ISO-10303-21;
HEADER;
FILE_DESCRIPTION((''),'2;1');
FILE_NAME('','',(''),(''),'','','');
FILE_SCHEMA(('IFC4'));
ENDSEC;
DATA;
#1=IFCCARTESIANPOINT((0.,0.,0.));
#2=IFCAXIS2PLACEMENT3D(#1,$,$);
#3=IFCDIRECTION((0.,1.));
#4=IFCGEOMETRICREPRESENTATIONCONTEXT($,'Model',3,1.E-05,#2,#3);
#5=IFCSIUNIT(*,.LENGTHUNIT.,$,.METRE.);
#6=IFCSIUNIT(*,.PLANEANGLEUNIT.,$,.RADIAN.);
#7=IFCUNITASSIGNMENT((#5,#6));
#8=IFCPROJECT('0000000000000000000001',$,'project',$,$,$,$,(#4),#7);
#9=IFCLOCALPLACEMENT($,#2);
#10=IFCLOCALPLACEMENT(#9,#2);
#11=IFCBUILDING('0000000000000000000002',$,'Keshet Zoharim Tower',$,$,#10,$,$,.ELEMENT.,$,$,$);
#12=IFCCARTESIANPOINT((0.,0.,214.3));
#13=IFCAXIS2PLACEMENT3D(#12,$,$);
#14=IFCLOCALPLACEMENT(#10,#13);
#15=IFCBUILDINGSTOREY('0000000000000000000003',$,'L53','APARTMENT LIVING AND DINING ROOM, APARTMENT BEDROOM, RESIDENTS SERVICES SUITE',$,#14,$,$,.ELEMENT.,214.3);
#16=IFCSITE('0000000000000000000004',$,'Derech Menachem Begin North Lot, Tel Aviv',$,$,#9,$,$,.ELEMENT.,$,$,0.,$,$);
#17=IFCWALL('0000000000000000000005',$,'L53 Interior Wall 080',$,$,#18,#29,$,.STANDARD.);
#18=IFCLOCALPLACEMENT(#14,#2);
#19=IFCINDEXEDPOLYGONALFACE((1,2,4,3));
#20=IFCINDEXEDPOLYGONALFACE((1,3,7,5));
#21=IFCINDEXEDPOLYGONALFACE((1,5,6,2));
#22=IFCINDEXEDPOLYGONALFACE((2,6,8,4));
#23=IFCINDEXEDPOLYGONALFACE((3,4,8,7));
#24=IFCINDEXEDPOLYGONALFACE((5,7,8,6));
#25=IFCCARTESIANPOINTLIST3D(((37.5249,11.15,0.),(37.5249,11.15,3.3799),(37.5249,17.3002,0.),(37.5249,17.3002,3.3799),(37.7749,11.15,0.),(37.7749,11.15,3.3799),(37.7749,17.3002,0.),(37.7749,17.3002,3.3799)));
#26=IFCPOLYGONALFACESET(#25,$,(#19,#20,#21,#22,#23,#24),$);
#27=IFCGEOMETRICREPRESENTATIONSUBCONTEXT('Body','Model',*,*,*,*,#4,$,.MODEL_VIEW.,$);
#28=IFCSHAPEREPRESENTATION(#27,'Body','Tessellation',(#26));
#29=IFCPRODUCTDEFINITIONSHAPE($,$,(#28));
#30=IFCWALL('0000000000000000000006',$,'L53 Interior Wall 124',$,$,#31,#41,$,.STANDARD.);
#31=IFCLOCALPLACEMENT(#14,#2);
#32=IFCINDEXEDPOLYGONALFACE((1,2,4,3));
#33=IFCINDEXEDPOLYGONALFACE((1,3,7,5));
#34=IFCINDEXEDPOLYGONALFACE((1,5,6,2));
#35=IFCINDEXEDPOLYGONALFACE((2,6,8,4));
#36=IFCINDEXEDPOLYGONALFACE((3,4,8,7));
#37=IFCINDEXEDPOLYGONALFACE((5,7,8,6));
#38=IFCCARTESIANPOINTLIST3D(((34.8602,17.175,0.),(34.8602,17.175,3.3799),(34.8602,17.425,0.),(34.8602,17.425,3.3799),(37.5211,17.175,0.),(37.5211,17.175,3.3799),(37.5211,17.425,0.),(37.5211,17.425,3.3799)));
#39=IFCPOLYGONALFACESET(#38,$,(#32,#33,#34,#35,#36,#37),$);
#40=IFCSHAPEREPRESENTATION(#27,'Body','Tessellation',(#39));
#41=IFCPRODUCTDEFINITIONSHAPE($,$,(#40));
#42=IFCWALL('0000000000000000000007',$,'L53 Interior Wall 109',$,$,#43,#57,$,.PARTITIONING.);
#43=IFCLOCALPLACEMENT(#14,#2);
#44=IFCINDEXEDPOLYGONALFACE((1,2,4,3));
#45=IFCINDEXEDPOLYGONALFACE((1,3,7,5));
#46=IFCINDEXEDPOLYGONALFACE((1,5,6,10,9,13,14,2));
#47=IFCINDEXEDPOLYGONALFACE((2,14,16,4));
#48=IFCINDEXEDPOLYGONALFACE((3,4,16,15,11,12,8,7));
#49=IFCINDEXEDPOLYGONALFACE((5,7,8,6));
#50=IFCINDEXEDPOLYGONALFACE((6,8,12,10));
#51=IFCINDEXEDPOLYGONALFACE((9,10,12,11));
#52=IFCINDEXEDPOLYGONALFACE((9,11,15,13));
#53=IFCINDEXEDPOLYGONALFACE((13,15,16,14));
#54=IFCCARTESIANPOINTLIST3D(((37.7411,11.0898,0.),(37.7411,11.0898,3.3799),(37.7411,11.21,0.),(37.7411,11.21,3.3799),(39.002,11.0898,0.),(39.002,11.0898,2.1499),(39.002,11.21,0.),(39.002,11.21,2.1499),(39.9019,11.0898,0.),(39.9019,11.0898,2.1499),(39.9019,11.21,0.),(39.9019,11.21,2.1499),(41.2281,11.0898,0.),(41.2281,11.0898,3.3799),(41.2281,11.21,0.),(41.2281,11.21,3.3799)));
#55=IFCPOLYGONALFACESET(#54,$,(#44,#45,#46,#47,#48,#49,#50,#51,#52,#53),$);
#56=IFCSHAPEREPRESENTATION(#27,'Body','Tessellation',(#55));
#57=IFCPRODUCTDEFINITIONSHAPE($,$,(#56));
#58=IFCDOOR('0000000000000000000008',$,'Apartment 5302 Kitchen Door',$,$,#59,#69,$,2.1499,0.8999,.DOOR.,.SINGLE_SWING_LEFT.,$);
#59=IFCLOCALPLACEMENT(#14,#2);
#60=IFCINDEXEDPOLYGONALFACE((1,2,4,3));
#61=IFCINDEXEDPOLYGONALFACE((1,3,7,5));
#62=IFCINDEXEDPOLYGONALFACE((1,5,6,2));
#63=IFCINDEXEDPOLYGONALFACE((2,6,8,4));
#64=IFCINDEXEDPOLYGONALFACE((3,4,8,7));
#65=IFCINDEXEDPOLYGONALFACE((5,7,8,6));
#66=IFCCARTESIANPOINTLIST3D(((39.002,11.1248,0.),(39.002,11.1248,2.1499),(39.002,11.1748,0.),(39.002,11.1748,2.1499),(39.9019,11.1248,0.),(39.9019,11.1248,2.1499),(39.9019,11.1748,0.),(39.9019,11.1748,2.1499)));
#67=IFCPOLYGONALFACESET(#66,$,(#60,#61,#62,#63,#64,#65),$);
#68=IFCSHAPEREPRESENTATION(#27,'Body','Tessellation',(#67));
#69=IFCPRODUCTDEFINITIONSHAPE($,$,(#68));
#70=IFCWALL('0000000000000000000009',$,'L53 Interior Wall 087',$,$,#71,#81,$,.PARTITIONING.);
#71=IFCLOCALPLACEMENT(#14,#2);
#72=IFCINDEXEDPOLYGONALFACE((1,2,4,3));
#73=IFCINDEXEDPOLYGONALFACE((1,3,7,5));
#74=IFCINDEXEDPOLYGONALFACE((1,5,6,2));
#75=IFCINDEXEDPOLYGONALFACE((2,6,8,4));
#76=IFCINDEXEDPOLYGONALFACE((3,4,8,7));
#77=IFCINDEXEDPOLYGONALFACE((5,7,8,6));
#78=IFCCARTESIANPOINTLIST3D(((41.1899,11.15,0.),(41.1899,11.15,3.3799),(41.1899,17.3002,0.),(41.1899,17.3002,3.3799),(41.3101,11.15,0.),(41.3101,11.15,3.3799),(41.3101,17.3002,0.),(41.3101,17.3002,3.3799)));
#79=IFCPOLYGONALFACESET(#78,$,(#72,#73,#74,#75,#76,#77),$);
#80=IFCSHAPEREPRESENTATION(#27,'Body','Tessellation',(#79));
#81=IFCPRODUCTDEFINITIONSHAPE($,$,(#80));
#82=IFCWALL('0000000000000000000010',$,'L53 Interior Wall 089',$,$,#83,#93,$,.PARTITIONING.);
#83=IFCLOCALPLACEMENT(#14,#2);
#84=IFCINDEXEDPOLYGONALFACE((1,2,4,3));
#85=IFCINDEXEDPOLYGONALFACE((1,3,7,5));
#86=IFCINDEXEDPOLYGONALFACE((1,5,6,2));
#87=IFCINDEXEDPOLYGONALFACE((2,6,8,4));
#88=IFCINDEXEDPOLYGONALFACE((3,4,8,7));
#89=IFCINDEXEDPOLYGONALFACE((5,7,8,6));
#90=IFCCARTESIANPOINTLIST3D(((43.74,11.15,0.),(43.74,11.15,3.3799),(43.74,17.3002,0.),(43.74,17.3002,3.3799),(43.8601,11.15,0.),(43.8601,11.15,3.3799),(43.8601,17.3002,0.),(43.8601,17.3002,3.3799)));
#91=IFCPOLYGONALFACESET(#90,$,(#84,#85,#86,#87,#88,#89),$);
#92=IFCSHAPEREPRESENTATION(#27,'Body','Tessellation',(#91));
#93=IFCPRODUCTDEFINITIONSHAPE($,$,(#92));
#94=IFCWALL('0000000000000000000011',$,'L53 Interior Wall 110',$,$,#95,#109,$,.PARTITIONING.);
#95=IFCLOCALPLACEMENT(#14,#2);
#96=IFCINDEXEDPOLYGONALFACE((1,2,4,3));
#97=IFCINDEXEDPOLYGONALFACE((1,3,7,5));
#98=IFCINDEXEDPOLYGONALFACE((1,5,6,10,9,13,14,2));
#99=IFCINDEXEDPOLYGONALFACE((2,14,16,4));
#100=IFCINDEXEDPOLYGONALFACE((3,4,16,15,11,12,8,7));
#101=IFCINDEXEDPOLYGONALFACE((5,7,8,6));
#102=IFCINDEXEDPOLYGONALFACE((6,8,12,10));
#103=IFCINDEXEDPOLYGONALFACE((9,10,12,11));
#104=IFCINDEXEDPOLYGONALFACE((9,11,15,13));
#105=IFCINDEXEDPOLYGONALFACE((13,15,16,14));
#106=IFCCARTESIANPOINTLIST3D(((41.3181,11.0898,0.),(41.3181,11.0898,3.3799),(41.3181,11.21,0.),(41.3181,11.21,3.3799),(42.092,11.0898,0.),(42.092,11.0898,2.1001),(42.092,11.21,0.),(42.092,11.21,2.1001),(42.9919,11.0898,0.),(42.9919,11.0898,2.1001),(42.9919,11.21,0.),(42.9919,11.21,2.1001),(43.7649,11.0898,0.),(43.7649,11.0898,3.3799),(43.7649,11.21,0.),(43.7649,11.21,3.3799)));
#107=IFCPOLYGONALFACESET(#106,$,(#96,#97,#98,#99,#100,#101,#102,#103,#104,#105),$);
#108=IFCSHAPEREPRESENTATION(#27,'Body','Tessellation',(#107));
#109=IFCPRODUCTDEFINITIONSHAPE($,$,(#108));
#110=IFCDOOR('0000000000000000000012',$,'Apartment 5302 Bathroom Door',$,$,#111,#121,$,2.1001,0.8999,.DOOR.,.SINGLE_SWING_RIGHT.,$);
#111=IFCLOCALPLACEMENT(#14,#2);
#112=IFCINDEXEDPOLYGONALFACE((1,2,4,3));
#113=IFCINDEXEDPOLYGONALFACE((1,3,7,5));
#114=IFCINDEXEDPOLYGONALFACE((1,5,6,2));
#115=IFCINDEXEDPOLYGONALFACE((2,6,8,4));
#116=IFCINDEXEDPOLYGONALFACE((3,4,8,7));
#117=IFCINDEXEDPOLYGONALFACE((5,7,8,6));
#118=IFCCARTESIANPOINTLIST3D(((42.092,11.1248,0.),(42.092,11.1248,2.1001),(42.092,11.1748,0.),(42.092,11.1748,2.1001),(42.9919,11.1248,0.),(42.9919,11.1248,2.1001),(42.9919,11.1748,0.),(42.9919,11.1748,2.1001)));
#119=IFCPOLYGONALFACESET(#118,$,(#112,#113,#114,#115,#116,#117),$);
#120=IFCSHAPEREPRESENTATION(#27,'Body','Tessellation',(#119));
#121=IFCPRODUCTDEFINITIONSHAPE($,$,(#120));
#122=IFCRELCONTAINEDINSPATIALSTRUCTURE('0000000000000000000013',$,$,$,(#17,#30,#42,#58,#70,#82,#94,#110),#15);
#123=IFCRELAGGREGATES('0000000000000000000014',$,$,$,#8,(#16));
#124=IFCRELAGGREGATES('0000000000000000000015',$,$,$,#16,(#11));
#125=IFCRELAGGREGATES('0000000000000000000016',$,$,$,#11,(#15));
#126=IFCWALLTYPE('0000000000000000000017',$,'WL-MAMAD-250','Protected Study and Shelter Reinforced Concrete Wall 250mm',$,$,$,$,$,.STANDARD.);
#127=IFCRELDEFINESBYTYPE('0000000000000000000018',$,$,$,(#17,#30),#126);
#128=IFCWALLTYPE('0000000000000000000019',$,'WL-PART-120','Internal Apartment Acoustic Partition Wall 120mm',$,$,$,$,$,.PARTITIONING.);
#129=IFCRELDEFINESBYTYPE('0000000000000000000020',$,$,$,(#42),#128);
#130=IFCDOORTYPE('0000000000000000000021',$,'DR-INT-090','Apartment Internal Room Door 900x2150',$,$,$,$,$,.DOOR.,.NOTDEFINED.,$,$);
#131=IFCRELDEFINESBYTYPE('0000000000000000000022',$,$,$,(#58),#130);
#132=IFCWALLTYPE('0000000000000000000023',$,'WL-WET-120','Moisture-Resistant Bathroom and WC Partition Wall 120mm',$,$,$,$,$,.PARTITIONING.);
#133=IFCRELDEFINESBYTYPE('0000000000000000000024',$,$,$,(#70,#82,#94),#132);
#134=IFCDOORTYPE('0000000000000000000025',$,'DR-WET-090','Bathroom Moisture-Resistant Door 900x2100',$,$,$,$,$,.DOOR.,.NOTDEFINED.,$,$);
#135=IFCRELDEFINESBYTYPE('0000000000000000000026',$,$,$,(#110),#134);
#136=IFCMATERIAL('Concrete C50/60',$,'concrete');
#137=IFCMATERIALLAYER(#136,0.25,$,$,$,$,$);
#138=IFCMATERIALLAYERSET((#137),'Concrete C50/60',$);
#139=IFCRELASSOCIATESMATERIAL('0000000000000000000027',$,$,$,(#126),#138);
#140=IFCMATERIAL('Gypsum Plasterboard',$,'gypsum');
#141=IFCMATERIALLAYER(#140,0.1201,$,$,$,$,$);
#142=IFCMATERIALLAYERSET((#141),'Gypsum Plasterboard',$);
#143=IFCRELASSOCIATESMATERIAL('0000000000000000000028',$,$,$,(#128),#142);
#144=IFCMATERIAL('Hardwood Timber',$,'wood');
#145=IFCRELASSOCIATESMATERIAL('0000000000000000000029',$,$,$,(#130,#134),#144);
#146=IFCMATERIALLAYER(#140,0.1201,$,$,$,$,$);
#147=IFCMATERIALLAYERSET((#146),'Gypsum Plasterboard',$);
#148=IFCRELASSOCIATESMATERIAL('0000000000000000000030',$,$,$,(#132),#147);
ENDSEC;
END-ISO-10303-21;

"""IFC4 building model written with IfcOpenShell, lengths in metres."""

from ifc_helpers import new_model, si_unit, direction, frame, frame_2d, origin, place, context, subcontext, project, spatial, rectangle, extrude, material, layer, layer_set, type_object, element, fill, save


model = new_model("IFC4")

# Units and contexts
model_context = context("Model", 3, precision=1e-05, world=origin(), true_north=direction((0.0, 1.0)))
body_context = subcontext(model_context, "Body", "Model", "MODEL_VIEW")
ifc_project = project(units=[si_unit("LENGTHUNIT", "METRE"), si_unit("PLANEANGLEUNIT", "RADIAN")], contexts=[model_context])

# Site, building, storey
site_placement = place(None, origin())
site = spatial("IfcSite", under=ifc_project, at=site_placement, Name="Derech Menachem Begin North Lot, Tel Aviv", CompositionType="ELEMENT", RefElevation=0.0)
building_placement = place(site_placement, origin())
building = spatial("IfcBuilding", under=site, at=building_placement, Name="Keshet Zoharim Tower", CompositionType="ELEMENT")
storey_placement = place(building_placement, frame((0.0, 0.0, 214.3)))
storey = spatial("IfcBuildingStorey", under=building, at=storey_placement, Name="L53", Description="APARTMENT LIVING AND DINING ROOM, APARTMENT BEDROOM, RESIDENTS SERVICES SUITE", CompositionType="ELEMENT", Elevation=214.3)

# Shared definitions
ifc_material_1 = material(Name="Concrete C50/60", Category="concrete")

# Shared definitions
ifc_material_2 = material(Name="Gypsum Plasterboard", Category="gypsum")
ifc_material_3 = material(Name="Hardwood Timber", Category="wood")

# Wall
ifc_layer_1 = layer(ifc_material_1, 0.25)
ifc_layer_set_1 = layer_set([ifc_layer_1], Name="Concrete C50/60")
wall_type_1 = type_object("IfcWallType", Name="WL-MAMAD-250", Description="Protected Study and Shelter Reinforced Concrete Wall 250mm", PredefinedType="STANDARD", material=ifc_layer_set_1)
for number, where, z_axis, x_axis, name in (
    (1, (37.6499, 11.1499, 0.0), (0.0, 0.0, 1.0), (0.0, 1.0, 0.0), "L53 Interior Wall 080"),
):
    element("IfcWall", number, at=place(storey_placement, frame(where, z_axis=z_axis, x_axis=x_axis)), inside=storey, type_object=wall_type_1, Name=name, PredefinedType="STANDARD", context=body_context, shape_type="SweptSolid", body=[
        extrude(rectangle(XDim=6.1501, YDim=0.25, at=frame_2d((3.0752, 0.0))), origin(), (0.0, 0.0, 1.0), 3.3799),
    ])

# Wall
wall_1_placement = place(storey_placement, frame((34.8601, 17.3, 0.0), z_axis=(0.0, 0.0, 1.0), x_axis=(1.0, 0.0, 0.0)))
element("IfcWall", 2, at=wall_1_placement, inside=storey, type_object=wall_type_1, Name="L53 Interior Wall 124", PredefinedType="STANDARD", context=body_context, shape_type="SweptSolid", body=[
    extrude(rectangle(XDim=2.6609, YDim=0.25, at=frame_2d((1.3306, 0.0))), origin(), (0.0, 0.0, 1.0), 3.3799),
])

# Wall, opening, door
ifc_layer_2 = layer(ifc_material_2, 0.1201)
ifc_layer_set_2 = layer_set([ifc_layer_2], Name="Gypsum Plasterboard")
wall_type_2 = type_object("IfcWallType", Name="WL-PART-120", Description="Internal Apartment Acoustic Partition Wall 120mm", PredefinedType="PARTITIONING", material=ifc_layer_set_2)
wall_2_placement = place(storey_placement, frame((37.741, 11.1499, 0.0), z_axis=(0.0, 0.0, 1.0), x_axis=(1.0, 0.0, 0.0)))
wall_2 = element("IfcWall", 3, at=wall_2_placement, inside=storey, type_object=wall_type_2, Name="L53 Interior Wall 109", PredefinedType="PARTITIONING", context=body_context, shape_type="SweptSolid", body=[
    extrude(rectangle(XDim=3.4871, YDim=0.1201, at=frame_2d((1.7437, 0.0))), origin(), (0.0, 0.0, 1.0), 3.3799),
])
opening_1_placement = place(wall_2_placement, frame((1.261, 0.0, 0.0)))
opening_1 = element("IfcOpeningElement", 4, at=opening_1_placement, cuts=wall_2, PredefinedType="OPENING", context=body_context, shape_type="SweptSolid", body=[
    extrude(rectangle(XDim=0.8999, YDim=2.1499, at=frame_2d((0.45, 1.075))), frame((0.0, 0.0701, 0.0), z_axis=(0.0, -1.0, 0.0), x_axis=(1.0, 0.0, 0.0)), (0.0, 0.0, 1.0), 0.1401),
])
door_type_1 = type_object("IfcDoorType", Name="DR-INT-090", Description="Apartment Internal Room Door 900x2150", OperationType="NOTDEFINED", PredefinedType="DOOR", material=ifc_material_3)
door_1_placement = place(opening_1_placement, origin())
door_1 = element("IfcDoor", 5, at=door_1_placement, inside=storey, type_object=door_type_1, Name="Apartment 5302 Kitchen Door", OperationType="SINGLE_SWING_LEFT", OverallHeight=2.1499, OverallWidth=0.8999, PredefinedType="DOOR", context=body_context, shape_type="SweptSolid", body=[
    extrude(rectangle(XDim=0.8999, YDim=2.1499, at=frame_2d((0.45, 1.075))), frame((0.0, 0.0249, 0.0), z_axis=(0.0, -1.0, 0.0), x_axis=(1.0, 0.0, 0.0)), (0.0, 0.0, 1.0), 0.05),
])
fill(opening_1, door_1)

# Walls
ifc_layer_3 = layer(ifc_material_2, 0.1201)
ifc_layer_set_3 = layer_set([ifc_layer_3], Name="Gypsum Plasterboard")
wall_type_3 = type_object("IfcWallType", Name="WL-WET-120", Description="Moisture-Resistant Bathroom and WC Partition Wall 120mm", PredefinedType="PARTITIONING", material=ifc_layer_set_3)
for number, where, z_axis, x_axis, name in (
    (6, (41.25, 11.1499, 0.0), (0.0, 0.0, 1.0), (0.0, 1.0, 0.0), "L53 Interior Wall 087"),
    (7, (43.8, 11.1499, 0.0), (0.0, 0.0, 1.0), (0.0, 1.0, 0.0), "L53 Interior Wall 089"),
):
    element("IfcWall", number, at=place(storey_placement, frame(where, z_axis=z_axis, x_axis=x_axis)), inside=storey, type_object=wall_type_3, Name=name, PredefinedType="PARTITIONING", context=body_context, shape_type="SweptSolid", body=[
        extrude(rectangle(XDim=6.1501, YDim=0.1201, at=frame_2d((3.0752, 0.0))), origin(), (0.0, 0.0, 1.0), 3.3799),
    ])

# Wall, opening, door
wall_3_placement = place(storey_placement, frame((41.3181, 11.1499, 0.0), z_axis=(0.0, 0.0, 1.0), x_axis=(1.0, 0.0, 0.0)))
wall_3 = element("IfcWall", 8, at=wall_3_placement, inside=storey, type_object=wall_type_3, Name="L53 Interior Wall 110", PredefinedType="PARTITIONING", context=body_context, shape_type="SweptSolid", body=[
    extrude(rectangle(XDim=2.4468, YDim=0.1201, at=frame_2d((1.2234, 0.0))), origin(), (0.0, 0.0, 1.0), 3.3799),
])
opening_2_placement = place(wall_3_placement, frame((0.7739, 0.0, 0.0)))
opening_2 = element("IfcOpeningElement", 9, at=opening_2_placement, cuts=wall_3, PredefinedType="OPENING", context=body_context, shape_type="SweptSolid", body=[
    extrude(rectangle(XDim=0.8999, YDim=2.1001, at=frame_2d((0.45, 1.05))), frame((0.0, 0.0701, 0.0), z_axis=(0.0, -1.0, 0.0), x_axis=(1.0, 0.0, 0.0)), (0.0, 0.0, 1.0), 0.1401),
])
door_type_2 = type_object("IfcDoorType", Name="DR-WET-090", Description="Bathroom Moisture-Resistant Door 900x2100", OperationType="NOTDEFINED", PredefinedType="DOOR", material=ifc_material_3)
door_2_placement = place(opening_2_placement, origin())
door_2 = element("IfcDoor", 10, at=door_2_placement, inside=storey, type_object=door_type_2, Name="Apartment 5302 Bathroom Door", OperationType="SINGLE_SWING_RIGHT", OverallHeight=2.1001, OverallWidth=0.8999, PredefinedType="DOOR", context=body_context, shape_type="SweptSolid", body=[
    extrude(rectangle(XDim=0.8999, YDim=2.1001, at=frame_2d((0.45, 1.05))), frame((0.0, 0.0249, 0.0), z_axis=(0.0, -1.0, 0.0), x_axis=(1.0, 0.0, 0.0)), (0.0, 0.0, 1.0), 0.05),
])
fill(opening_2, door_2)

save(model, "model.ifc")
